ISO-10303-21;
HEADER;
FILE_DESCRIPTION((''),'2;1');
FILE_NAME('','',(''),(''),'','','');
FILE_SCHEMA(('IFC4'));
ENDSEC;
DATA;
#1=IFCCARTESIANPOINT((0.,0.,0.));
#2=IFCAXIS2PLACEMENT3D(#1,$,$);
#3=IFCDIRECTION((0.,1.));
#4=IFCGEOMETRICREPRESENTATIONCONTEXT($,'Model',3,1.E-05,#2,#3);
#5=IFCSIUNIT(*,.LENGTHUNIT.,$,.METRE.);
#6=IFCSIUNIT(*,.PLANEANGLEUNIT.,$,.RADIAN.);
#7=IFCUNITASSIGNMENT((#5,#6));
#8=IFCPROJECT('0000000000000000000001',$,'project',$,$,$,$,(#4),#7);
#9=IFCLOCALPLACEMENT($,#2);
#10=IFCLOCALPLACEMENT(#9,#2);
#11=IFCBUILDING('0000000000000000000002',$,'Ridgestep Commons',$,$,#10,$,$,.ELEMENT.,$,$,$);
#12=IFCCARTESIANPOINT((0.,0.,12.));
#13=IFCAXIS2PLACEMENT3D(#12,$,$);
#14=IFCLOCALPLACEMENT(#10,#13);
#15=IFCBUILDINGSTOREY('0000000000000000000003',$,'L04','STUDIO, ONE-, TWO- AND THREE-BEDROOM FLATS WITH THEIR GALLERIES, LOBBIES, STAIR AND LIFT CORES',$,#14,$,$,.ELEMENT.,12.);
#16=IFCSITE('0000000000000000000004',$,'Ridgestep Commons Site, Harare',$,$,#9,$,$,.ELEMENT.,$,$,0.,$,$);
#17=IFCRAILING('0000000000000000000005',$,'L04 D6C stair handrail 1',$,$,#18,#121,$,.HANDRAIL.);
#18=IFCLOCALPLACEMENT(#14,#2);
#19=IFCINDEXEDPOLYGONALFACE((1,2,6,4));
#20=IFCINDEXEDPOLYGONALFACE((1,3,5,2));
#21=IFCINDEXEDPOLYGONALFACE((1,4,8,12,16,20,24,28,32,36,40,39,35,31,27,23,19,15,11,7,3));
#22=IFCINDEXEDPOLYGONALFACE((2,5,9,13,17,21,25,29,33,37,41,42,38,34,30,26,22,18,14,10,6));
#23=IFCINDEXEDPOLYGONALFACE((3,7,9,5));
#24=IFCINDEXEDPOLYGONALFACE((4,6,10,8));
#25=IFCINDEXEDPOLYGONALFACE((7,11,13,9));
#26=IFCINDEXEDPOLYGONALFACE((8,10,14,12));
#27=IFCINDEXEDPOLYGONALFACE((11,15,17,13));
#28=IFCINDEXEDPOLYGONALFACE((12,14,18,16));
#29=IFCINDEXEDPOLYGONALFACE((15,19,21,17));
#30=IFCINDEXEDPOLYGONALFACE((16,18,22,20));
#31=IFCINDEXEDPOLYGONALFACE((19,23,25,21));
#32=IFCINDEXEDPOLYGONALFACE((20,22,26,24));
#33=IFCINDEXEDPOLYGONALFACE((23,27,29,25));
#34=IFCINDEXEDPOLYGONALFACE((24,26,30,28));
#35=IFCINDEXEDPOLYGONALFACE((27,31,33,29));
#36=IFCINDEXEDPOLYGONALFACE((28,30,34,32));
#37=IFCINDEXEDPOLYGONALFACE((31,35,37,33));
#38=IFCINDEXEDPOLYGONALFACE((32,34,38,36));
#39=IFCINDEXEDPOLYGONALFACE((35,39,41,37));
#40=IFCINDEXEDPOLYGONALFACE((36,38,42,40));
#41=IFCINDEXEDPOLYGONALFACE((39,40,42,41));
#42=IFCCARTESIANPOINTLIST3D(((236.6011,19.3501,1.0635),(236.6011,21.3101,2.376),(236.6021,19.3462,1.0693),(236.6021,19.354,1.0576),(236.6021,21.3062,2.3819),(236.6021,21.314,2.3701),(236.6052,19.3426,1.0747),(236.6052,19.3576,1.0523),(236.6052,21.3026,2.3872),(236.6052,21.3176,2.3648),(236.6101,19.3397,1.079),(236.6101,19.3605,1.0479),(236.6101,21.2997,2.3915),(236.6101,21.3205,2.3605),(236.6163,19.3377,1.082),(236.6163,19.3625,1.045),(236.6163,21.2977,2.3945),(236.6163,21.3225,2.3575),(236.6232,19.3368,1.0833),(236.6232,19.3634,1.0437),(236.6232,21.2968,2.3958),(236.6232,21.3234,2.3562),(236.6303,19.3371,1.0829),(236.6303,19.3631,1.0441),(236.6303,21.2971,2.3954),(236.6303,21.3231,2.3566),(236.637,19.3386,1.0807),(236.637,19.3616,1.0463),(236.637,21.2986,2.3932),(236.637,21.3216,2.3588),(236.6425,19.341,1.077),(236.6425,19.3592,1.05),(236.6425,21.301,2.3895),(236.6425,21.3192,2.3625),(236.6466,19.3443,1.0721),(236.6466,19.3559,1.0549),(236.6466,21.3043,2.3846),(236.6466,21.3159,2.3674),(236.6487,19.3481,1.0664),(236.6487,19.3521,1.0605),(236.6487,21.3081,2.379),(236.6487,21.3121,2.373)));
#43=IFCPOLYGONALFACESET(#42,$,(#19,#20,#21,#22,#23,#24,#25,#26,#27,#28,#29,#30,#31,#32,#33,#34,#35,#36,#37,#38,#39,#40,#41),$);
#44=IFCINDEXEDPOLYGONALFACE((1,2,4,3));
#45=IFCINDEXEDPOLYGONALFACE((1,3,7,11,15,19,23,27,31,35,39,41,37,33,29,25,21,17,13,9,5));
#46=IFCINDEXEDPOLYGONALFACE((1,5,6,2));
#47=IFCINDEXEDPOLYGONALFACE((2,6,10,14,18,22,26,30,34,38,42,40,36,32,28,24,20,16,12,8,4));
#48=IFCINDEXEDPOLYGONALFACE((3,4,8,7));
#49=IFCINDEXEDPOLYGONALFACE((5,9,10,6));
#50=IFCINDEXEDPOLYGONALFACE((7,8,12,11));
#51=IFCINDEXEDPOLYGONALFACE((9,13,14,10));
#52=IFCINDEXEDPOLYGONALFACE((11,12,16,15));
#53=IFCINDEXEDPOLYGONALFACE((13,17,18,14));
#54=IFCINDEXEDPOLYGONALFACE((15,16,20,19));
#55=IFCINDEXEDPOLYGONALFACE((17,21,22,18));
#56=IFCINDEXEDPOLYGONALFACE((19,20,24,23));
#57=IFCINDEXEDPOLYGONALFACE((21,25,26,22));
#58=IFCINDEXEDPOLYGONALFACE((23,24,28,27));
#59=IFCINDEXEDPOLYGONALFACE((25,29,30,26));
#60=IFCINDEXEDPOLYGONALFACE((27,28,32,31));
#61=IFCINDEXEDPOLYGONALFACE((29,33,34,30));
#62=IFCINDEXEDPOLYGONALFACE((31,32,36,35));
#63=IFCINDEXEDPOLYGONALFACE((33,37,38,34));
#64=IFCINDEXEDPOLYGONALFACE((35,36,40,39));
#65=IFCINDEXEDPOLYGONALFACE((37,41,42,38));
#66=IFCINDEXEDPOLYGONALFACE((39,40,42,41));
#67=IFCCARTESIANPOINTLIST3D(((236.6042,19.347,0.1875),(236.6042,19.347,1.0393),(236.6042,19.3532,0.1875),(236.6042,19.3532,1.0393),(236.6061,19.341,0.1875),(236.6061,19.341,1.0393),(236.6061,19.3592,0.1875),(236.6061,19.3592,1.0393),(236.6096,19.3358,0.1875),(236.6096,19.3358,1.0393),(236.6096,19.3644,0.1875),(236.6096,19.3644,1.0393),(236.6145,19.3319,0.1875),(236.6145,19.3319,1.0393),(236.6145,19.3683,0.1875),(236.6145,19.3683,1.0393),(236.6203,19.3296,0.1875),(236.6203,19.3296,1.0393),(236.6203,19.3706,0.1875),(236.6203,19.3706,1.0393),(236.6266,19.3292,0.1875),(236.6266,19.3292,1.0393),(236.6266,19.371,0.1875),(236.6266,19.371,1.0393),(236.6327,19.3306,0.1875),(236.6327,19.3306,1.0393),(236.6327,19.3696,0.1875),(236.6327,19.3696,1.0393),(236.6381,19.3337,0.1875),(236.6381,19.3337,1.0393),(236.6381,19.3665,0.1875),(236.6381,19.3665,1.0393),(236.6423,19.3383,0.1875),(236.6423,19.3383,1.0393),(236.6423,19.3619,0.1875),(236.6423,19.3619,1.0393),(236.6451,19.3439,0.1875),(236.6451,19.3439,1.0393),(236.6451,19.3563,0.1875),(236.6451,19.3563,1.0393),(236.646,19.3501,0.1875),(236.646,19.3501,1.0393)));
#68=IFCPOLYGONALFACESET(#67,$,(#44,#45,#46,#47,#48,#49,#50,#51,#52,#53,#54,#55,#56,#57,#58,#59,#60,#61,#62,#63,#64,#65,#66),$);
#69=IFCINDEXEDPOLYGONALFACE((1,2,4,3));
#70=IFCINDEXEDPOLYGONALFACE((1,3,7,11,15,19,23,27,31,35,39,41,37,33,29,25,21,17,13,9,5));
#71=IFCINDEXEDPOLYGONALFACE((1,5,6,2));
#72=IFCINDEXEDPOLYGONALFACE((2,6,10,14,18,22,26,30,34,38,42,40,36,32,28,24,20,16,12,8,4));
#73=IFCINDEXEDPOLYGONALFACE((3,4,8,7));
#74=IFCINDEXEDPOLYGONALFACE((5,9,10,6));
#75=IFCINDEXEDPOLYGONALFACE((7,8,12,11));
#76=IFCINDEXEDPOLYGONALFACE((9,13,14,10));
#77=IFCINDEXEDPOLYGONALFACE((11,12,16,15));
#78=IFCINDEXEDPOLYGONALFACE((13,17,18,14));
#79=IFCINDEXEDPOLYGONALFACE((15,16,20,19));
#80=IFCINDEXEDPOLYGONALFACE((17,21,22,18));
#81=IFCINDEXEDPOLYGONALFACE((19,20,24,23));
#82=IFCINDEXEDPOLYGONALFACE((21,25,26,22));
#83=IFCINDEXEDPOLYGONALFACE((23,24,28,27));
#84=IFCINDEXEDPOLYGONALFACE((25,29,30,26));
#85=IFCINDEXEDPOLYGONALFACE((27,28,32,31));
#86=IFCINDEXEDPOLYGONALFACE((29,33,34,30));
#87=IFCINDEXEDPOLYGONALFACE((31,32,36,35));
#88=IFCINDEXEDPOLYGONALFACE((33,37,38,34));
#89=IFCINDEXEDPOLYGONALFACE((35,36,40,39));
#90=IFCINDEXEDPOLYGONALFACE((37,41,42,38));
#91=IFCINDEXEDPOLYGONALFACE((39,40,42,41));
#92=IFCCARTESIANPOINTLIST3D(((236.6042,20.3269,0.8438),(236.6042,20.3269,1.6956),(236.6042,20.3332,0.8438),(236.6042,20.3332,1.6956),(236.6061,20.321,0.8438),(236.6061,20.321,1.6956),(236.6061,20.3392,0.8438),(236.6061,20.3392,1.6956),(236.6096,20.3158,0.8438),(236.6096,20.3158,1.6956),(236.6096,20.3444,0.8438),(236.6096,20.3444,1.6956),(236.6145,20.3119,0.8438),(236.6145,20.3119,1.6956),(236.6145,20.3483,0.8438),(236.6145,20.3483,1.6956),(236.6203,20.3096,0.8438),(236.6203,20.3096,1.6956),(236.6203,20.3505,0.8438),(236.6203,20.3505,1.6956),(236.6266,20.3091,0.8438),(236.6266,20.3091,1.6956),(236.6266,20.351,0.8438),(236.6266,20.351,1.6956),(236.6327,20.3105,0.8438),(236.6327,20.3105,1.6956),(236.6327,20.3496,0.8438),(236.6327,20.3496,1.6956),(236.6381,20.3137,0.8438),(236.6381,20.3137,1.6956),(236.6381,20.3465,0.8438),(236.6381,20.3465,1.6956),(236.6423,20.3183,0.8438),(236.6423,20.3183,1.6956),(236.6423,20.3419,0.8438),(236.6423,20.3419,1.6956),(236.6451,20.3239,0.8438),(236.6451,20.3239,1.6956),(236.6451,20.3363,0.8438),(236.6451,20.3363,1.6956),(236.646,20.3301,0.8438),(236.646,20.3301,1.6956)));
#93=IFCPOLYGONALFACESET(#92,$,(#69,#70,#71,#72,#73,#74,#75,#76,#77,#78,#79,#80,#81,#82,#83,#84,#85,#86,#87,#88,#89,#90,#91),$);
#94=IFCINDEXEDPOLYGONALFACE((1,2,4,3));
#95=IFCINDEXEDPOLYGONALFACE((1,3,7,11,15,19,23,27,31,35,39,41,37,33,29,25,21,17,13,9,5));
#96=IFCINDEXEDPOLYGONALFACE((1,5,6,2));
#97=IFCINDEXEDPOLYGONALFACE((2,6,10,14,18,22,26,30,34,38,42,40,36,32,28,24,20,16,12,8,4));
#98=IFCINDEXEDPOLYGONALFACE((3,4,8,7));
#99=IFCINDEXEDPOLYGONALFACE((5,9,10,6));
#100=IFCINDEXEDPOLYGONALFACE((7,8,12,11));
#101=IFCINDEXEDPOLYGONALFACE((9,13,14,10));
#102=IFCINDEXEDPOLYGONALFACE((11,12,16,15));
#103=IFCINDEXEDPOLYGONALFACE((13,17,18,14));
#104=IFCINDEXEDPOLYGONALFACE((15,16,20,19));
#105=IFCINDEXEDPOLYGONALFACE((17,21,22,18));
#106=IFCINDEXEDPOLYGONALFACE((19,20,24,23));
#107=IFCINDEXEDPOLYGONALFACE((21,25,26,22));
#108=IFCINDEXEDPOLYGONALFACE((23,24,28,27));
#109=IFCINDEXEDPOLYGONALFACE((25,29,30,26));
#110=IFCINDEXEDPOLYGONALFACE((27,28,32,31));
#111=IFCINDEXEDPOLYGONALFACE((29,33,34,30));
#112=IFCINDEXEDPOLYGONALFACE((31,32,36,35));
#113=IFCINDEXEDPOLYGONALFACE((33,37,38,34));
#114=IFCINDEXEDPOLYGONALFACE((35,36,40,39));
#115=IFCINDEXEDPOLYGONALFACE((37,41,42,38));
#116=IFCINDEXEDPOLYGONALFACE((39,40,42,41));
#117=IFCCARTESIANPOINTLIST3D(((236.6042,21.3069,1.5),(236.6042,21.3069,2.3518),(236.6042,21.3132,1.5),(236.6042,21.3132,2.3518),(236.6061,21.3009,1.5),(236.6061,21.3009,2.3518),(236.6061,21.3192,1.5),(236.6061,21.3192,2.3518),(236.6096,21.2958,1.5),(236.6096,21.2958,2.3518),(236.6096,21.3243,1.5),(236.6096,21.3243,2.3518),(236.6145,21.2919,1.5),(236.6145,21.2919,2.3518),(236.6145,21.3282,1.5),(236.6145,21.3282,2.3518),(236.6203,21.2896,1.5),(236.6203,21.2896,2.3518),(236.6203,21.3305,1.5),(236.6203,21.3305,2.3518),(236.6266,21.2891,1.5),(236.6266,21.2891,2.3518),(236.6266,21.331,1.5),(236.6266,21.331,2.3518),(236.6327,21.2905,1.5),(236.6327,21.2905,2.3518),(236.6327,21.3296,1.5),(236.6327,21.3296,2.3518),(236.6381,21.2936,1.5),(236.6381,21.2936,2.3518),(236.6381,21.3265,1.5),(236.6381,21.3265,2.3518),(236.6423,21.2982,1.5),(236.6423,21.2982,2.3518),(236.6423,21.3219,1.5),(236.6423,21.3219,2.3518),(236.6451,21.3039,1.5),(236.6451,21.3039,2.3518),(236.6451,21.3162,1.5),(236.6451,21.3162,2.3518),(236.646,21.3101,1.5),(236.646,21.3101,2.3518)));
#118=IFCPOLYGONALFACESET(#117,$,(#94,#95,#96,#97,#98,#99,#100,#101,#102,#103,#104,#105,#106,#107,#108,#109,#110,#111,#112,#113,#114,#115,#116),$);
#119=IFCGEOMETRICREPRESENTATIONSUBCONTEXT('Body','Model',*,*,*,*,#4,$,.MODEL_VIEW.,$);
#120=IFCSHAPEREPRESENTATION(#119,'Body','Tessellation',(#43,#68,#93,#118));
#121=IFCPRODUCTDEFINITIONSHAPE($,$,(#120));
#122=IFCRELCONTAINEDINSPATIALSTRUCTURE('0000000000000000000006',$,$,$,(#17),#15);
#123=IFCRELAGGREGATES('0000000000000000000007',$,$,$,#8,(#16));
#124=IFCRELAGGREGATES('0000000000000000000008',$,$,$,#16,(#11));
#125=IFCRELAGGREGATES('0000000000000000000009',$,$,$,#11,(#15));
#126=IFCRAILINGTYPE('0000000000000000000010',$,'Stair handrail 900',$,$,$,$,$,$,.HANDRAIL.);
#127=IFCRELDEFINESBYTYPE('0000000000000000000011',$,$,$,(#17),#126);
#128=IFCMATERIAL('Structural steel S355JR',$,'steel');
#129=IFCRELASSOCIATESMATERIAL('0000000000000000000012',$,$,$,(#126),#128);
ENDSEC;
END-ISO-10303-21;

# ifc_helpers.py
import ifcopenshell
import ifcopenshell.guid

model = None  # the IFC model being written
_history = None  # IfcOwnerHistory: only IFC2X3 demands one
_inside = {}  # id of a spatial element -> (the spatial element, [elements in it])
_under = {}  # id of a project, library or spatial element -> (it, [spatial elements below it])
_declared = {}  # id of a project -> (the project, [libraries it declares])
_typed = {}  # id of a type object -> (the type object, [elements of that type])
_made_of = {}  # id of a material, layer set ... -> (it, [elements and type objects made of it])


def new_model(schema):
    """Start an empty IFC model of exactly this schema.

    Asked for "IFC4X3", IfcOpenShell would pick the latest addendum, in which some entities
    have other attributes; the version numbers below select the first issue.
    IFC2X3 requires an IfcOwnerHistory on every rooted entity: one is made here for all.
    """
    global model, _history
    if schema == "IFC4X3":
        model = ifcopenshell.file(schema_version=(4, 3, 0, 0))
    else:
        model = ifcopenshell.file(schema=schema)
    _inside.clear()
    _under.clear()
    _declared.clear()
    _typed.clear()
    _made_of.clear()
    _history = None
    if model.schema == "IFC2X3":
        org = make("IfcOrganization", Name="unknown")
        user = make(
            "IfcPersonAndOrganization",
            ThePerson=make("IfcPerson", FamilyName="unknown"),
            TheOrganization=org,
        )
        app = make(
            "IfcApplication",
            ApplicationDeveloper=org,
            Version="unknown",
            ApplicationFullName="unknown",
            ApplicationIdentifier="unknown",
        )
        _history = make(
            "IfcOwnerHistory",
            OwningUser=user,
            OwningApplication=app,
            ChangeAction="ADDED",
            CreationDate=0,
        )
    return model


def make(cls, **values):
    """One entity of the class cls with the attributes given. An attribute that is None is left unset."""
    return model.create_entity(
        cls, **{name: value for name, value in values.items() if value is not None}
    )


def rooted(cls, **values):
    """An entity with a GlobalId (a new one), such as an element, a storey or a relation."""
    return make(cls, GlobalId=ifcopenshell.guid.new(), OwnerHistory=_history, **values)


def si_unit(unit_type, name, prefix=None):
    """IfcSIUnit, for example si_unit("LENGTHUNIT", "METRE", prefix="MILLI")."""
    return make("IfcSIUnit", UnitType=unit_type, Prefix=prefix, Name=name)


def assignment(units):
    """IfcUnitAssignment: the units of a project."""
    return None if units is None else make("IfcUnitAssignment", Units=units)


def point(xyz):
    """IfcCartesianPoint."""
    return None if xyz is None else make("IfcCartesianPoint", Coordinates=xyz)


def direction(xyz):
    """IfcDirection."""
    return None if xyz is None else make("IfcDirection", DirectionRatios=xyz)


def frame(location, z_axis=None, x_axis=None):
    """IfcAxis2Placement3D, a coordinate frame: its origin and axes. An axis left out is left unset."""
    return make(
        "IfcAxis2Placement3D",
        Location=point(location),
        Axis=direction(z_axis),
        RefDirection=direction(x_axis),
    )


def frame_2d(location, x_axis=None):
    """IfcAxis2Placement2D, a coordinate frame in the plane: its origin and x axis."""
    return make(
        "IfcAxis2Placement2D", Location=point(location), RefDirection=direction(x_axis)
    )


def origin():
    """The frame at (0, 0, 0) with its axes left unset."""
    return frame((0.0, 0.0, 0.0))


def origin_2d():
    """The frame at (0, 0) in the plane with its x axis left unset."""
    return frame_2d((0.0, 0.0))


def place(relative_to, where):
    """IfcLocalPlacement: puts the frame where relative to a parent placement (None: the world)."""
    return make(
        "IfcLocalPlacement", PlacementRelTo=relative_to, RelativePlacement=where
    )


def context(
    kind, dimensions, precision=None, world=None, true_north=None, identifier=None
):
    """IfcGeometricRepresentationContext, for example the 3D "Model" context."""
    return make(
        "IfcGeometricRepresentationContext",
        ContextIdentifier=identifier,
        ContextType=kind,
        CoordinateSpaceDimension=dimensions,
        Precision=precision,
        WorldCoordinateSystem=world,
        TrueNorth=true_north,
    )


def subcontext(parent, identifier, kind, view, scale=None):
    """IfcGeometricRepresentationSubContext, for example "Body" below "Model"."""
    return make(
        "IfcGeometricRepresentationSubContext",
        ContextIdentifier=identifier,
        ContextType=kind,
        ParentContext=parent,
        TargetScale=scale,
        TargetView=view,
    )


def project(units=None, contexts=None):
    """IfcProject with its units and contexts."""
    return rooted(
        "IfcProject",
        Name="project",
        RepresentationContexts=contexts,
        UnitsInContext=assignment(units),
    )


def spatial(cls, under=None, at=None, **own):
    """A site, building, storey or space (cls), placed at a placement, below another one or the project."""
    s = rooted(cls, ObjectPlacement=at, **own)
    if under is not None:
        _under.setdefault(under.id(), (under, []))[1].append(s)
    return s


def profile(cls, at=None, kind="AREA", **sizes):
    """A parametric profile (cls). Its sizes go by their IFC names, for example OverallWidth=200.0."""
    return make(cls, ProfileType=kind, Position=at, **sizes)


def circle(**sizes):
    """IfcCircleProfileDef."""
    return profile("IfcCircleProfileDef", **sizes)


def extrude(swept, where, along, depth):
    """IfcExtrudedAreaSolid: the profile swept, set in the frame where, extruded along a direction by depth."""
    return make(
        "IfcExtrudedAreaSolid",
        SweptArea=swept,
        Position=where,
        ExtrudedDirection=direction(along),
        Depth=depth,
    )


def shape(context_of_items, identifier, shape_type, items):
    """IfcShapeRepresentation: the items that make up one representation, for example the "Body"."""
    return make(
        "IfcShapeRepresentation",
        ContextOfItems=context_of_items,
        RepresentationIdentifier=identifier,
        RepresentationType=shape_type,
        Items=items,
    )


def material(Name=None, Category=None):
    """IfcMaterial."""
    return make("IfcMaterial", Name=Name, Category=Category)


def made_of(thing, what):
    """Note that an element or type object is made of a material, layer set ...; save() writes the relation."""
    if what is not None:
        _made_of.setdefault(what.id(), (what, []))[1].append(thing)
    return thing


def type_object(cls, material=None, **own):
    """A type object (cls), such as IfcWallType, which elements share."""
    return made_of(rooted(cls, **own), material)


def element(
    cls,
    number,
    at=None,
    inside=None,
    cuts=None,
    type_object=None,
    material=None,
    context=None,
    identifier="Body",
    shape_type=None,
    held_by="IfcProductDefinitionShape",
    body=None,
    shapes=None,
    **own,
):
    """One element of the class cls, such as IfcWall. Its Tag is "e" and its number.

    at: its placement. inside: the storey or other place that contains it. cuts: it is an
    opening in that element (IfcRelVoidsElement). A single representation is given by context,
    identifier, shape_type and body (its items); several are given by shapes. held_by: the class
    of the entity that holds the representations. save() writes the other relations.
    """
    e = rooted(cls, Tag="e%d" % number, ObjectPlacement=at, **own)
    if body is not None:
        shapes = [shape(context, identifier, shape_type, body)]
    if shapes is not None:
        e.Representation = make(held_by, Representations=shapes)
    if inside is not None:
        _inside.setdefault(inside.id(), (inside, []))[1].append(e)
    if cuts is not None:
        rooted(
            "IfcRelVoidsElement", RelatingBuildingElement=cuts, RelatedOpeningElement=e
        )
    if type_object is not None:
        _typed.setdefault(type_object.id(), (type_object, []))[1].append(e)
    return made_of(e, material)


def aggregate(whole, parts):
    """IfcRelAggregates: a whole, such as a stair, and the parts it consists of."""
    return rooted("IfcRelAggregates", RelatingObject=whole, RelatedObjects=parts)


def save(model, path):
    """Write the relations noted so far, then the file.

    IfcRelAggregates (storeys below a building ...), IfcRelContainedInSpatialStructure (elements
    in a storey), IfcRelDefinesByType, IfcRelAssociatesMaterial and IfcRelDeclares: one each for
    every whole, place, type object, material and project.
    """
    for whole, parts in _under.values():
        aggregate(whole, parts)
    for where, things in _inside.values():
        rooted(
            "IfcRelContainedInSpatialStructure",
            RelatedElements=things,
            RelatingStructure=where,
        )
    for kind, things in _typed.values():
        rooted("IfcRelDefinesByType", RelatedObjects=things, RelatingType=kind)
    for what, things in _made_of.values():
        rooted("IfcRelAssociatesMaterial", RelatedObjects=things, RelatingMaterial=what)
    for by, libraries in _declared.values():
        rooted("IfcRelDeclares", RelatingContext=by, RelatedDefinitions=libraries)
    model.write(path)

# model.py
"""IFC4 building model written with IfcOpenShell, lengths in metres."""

from ifc_helpers import new_model, si_unit, direction, frame, origin, origin_2d, place, context, subcontext, project, spatial, circle, extrude, material, type_object, element, save


model = new_model("IFC4")

# Units and contexts
model_context = context("Model", 3, precision=1e-05, world=origin(), true_north=direction((0.0, 1.0)))
body_context = subcontext(model_context, "Body", "Model", "MODEL_VIEW")
ifc_project = project(units=[si_unit("LENGTHUNIT", "METRE"), si_unit("PLANEANGLEUNIT", "RADIAN")], contexts=[model_context])

# Site, building, storey
site_placement = place(None, origin())
site = spatial("IfcSite", under=ifc_project, at=site_placement, Name="Ridgestep Commons Site, Harare", CompositionType="ELEMENT", RefElevation=0.0)
building_placement = place(site_placement, origin())
building = spatial("IfcBuilding", under=site, at=building_placement, Name="Ridgestep Commons", CompositionType="ELEMENT")
storey_placement = place(building_placement, frame((0.0, 0.0, 12.0)))
storey = spatial("IfcBuildingStorey", under=building, at=storey_placement, Name="L04", Description="STUDIO, ONE-, TWO- AND THREE-BEDROOM FLATS WITH THEIR GALLERIES, LOBBIES, STAIR AND LIFT CORES", CompositionType="ELEMENT", Elevation=12.0)

# Railing
ifc_material_1 = material(Name="Structural steel S355JR", Category="steel")
railing_type_1 = type_object("IfcRailingType", Name="Stair handrail 900", PredefinedType="HANDRAIL", material=ifc_material_1)
railing_1_placement = place(storey_placement, frame((236.625, 19.3501, 0.1875)))
element("IfcRailing", 1, at=railing_1_placement, inside=storey, type_object=railing_type_1, Name="L04 D6C stair handrail 1", PredefinedType="HANDRAIL", context=body_context, shape_type="SweptSolid", body=[
    extrude(circle(Radius=0.0239, at=origin_2d()), frame((0.0, 0.0, 0.876), z_axis=(0.0, 0.830902, 0.556419), x_axis=(-1.0, 0.0, 0.0)), (0.0, 0.0, 1.0), 2.3589),
    extrude(circle(Radius=0.021, at=origin_2d()), origin(), (0.0, 0.0, 1.0), 0.8518),
    extrude(circle(Radius=0.021, at=origin_2d()), frame((0.0, 0.98, 0.6562)), (0.0, 0.0, 1.0), 0.8518),
    extrude(circle(Radius=0.021, at=origin_2d()), frame((0.0, 1.96, 1.3125)), (0.0, 0.0, 1.0), 0.8518),
])

save(model, "model.ifc")
